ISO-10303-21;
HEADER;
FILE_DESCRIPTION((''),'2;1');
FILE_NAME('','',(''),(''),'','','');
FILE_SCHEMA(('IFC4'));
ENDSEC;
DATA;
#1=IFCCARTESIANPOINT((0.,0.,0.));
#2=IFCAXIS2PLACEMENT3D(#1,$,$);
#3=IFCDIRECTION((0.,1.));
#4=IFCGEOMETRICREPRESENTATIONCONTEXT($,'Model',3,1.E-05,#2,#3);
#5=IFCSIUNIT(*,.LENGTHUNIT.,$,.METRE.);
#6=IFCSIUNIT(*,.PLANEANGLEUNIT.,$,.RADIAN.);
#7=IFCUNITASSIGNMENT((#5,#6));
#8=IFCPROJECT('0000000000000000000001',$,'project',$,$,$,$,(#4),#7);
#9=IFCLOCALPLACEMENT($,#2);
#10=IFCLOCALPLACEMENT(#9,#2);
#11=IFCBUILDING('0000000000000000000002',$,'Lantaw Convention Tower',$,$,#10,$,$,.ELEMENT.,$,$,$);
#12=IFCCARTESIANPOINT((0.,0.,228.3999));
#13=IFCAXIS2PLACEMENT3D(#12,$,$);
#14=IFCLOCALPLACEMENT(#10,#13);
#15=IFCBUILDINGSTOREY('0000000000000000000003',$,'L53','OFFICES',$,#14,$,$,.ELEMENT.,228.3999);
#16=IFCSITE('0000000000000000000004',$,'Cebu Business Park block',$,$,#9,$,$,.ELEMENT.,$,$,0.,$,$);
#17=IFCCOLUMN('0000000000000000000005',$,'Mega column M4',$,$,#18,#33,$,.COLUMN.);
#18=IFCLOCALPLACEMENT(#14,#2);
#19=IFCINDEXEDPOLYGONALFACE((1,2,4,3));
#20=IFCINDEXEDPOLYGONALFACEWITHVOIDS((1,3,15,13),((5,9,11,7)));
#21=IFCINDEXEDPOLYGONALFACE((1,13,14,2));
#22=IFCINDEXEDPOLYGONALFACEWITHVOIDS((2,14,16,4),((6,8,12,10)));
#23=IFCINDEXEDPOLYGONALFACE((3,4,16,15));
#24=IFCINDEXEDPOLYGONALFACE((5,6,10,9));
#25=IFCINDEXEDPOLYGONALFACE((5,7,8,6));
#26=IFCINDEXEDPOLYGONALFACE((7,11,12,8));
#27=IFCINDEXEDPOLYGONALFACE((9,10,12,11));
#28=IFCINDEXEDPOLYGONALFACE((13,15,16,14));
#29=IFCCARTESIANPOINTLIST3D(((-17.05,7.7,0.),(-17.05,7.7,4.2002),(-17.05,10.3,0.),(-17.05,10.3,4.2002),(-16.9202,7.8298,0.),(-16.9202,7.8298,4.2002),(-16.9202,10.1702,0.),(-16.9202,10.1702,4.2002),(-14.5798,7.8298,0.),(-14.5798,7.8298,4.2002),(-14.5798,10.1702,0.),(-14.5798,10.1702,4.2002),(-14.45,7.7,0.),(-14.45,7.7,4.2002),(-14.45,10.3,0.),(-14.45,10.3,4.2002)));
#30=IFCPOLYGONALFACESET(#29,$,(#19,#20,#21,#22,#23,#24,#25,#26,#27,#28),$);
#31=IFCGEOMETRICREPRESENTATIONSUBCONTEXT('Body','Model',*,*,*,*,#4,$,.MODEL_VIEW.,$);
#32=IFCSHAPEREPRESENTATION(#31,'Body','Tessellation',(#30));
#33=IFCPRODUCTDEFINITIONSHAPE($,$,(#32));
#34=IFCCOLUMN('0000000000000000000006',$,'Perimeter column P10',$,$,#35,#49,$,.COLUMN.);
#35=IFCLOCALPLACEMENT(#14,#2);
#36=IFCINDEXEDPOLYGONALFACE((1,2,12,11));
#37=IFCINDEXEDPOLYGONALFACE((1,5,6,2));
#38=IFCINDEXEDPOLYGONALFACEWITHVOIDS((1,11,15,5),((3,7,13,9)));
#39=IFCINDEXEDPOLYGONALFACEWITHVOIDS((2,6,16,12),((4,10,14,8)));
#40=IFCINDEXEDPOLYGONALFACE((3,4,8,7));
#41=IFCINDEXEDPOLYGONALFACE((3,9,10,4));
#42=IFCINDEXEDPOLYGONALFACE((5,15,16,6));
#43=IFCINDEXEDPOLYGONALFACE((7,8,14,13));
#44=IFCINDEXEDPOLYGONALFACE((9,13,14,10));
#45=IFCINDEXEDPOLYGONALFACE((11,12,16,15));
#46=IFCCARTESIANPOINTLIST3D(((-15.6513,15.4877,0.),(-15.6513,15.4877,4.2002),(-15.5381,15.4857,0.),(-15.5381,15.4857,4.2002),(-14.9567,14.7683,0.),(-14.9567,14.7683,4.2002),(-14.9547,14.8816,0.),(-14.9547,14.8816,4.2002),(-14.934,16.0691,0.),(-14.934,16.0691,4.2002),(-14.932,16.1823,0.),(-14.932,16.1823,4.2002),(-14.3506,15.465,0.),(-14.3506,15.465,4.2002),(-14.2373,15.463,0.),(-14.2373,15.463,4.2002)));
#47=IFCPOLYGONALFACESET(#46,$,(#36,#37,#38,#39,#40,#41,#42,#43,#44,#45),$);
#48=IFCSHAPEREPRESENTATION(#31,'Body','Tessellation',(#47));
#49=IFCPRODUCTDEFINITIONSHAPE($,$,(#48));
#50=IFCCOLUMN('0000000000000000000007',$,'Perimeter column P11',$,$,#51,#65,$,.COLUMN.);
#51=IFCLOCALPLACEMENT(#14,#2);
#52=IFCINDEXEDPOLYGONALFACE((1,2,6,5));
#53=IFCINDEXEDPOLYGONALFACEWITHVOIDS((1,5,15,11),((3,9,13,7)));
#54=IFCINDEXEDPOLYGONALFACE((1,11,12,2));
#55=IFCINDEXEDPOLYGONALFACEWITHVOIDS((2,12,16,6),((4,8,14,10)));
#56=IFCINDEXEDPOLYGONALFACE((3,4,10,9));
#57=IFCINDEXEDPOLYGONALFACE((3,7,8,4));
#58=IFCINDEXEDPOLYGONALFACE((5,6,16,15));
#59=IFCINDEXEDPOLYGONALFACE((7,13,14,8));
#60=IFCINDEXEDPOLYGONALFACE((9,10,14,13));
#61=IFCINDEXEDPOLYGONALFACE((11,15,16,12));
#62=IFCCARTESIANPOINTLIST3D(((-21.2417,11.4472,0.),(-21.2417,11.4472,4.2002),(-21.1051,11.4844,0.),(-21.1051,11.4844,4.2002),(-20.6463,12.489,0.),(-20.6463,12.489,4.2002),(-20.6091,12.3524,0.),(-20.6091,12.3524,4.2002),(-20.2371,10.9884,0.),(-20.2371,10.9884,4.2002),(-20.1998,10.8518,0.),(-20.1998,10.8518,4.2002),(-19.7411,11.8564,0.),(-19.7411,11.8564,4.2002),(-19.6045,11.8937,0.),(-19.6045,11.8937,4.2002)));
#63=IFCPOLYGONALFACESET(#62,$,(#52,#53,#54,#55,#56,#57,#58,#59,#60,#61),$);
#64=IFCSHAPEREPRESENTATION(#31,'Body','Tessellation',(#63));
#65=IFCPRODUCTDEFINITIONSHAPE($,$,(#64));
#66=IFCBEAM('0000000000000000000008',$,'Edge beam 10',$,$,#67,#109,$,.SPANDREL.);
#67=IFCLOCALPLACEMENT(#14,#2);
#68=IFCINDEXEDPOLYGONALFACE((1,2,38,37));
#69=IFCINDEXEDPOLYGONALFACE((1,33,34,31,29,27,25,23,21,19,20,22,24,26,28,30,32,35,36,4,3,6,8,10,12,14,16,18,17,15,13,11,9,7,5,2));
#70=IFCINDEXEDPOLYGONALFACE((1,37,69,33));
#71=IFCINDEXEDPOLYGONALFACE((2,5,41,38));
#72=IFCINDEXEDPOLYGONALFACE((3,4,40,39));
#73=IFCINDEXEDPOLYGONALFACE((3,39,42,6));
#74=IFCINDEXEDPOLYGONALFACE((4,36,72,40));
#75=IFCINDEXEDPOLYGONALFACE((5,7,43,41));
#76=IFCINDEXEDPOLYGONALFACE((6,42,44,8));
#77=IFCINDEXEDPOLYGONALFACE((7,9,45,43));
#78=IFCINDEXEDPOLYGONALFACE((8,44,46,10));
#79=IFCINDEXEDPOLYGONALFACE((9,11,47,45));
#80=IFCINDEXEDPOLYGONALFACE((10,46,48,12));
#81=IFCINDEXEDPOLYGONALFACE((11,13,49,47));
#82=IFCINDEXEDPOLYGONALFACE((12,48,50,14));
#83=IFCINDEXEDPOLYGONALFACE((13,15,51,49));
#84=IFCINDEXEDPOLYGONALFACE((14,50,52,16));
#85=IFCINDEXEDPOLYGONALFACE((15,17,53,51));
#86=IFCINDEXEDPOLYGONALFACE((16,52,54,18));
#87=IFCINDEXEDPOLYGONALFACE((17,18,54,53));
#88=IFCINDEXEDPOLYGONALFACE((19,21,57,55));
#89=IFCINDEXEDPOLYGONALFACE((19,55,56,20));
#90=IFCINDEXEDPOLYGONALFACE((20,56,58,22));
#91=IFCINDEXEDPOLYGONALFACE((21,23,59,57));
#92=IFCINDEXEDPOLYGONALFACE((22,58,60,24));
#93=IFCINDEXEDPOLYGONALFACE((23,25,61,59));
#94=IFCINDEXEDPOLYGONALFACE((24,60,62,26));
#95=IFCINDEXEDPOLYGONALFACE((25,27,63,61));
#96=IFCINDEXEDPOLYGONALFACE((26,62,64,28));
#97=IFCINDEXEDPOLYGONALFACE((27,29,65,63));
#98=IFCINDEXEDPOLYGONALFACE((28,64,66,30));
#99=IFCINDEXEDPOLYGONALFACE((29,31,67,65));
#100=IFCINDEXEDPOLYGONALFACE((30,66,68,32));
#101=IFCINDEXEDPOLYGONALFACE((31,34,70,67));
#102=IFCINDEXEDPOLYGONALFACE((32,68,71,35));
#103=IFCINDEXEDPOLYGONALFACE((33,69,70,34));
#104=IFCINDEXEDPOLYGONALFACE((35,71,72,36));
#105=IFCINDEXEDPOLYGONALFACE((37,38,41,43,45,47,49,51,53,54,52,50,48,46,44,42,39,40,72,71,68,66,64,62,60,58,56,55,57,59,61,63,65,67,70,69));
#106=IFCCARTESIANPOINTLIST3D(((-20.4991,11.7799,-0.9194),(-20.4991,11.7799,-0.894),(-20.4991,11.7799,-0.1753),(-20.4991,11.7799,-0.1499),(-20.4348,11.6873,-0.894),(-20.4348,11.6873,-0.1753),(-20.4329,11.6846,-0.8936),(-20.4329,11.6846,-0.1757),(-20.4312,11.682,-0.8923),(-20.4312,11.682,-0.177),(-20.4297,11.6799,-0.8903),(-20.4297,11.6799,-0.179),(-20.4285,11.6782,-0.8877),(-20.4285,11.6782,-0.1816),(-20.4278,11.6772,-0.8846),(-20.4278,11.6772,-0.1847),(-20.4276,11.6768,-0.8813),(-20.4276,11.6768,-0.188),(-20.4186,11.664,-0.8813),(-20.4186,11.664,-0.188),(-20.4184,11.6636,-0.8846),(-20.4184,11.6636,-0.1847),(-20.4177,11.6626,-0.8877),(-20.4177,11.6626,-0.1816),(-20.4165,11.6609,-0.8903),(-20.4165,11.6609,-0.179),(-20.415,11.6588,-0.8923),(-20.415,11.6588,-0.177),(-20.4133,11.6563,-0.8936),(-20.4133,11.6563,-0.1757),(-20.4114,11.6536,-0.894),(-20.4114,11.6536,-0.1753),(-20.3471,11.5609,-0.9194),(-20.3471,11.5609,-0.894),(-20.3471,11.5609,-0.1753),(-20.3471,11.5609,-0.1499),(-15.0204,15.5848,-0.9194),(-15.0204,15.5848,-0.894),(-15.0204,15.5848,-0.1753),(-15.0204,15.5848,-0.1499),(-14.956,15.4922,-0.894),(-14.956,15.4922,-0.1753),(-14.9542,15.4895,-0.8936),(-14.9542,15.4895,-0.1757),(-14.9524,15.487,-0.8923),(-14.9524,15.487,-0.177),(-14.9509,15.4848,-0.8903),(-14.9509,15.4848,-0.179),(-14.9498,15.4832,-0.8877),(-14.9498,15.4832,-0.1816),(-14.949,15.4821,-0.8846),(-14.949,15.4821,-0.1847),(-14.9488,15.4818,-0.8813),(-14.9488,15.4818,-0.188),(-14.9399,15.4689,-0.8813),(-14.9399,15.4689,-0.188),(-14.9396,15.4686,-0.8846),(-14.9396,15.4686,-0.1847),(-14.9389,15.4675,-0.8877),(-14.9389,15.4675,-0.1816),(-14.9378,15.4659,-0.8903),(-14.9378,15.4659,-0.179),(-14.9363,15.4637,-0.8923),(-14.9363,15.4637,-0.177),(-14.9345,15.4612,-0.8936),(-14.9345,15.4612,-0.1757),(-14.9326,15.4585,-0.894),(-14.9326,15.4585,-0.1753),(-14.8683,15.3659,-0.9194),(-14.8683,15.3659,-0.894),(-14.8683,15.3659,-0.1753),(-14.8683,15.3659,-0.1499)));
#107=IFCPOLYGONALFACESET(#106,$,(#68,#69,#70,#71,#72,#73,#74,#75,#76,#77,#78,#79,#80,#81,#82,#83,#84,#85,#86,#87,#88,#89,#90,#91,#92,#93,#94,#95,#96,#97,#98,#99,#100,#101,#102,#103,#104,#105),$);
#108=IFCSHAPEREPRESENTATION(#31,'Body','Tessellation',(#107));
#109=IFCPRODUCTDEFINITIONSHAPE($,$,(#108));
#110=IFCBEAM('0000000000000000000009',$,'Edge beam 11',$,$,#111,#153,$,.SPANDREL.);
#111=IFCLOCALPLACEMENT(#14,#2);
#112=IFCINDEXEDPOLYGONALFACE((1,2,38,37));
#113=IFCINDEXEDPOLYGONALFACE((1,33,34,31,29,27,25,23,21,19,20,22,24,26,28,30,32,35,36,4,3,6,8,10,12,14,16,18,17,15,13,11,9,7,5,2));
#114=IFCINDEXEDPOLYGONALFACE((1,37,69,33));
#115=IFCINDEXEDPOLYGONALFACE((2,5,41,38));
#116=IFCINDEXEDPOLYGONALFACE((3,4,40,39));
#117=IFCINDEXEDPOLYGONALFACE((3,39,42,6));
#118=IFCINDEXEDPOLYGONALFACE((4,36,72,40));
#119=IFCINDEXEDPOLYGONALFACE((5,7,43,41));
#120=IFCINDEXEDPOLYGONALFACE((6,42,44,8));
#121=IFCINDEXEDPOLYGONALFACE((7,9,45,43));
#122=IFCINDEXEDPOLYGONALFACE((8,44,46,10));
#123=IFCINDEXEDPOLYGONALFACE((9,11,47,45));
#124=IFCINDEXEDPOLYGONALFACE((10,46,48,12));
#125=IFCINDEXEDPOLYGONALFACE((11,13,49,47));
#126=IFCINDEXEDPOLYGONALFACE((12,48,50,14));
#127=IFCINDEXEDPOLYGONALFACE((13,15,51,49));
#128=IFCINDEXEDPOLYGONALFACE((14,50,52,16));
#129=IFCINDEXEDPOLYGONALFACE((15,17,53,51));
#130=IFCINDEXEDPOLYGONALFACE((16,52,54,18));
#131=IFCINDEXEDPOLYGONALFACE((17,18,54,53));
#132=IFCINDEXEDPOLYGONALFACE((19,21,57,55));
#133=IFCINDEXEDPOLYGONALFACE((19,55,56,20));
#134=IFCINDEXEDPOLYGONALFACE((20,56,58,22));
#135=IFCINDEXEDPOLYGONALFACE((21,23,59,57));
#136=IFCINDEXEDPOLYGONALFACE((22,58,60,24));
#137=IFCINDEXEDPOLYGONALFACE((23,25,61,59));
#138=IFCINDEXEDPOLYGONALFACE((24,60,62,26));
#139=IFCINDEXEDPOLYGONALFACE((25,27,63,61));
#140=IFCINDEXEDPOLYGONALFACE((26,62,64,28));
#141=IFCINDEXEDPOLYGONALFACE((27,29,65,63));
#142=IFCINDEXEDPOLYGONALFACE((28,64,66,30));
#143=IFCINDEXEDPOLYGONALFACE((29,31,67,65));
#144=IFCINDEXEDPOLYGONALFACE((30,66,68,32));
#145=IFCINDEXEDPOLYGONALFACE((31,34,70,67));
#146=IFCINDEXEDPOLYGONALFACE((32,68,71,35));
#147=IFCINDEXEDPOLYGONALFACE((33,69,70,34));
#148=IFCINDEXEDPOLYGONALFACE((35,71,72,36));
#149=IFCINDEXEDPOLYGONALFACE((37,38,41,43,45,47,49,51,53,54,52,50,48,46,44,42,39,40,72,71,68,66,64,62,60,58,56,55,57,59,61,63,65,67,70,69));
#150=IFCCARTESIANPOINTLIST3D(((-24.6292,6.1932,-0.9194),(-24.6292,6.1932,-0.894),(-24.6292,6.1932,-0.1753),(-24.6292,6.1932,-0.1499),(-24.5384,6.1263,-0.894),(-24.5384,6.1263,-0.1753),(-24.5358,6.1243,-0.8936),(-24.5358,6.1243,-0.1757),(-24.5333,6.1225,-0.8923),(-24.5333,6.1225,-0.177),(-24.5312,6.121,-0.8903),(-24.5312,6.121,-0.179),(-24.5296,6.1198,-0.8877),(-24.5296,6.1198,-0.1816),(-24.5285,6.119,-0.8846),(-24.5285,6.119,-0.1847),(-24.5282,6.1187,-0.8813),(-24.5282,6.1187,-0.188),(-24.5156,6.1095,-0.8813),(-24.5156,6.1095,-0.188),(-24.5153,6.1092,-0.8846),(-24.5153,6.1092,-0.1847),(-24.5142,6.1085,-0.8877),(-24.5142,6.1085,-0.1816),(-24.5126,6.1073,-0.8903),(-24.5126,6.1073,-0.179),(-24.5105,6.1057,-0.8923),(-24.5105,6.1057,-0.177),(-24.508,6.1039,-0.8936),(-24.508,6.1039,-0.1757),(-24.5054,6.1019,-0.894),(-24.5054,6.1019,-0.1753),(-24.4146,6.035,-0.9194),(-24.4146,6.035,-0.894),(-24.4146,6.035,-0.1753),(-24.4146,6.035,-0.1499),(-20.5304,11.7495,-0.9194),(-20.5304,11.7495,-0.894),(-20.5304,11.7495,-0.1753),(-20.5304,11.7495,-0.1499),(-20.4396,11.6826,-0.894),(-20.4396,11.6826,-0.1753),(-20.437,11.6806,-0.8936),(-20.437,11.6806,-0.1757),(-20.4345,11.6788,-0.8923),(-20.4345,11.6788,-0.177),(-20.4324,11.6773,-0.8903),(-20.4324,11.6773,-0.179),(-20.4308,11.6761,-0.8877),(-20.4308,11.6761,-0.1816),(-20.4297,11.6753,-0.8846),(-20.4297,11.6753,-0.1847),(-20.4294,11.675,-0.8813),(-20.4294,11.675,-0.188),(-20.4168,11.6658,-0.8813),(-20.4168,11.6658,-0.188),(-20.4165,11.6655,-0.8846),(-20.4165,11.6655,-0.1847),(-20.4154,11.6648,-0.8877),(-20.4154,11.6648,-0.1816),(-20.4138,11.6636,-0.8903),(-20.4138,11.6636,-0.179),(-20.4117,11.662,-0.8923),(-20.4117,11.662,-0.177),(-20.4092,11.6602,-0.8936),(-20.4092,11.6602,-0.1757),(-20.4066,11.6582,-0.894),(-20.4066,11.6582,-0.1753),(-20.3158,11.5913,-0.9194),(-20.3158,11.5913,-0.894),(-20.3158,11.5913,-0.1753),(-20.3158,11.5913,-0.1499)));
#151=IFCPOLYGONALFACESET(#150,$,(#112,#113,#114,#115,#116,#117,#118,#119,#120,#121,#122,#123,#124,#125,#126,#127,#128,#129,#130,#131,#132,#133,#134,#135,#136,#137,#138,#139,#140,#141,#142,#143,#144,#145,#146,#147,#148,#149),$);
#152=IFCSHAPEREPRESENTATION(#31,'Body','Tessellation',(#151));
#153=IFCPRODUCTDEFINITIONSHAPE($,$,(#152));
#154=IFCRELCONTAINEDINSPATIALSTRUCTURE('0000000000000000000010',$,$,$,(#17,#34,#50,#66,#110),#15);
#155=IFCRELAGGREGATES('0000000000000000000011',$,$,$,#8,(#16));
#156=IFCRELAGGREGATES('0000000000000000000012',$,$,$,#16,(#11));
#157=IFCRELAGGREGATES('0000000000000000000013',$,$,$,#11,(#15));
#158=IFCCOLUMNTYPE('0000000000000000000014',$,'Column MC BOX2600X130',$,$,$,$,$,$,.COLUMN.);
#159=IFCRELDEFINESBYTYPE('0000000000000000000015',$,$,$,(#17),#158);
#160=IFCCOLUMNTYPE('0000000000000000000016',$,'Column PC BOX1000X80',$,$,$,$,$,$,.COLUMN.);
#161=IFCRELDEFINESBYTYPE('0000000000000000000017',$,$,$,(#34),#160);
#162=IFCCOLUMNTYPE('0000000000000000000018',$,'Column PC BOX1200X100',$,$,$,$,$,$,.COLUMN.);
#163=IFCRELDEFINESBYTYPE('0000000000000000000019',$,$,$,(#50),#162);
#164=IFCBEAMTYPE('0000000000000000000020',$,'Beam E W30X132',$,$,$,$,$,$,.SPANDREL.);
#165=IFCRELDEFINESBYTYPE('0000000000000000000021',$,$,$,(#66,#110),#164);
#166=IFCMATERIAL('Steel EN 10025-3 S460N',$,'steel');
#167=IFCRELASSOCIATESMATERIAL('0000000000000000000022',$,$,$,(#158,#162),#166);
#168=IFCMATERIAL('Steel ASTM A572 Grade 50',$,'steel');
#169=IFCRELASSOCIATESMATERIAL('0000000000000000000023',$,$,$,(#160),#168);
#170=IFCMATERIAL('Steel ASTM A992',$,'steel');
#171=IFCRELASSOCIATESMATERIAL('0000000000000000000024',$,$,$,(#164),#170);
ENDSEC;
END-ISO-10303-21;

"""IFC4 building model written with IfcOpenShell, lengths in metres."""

from ifc_helpers import new_model, si_unit, direction, frame, origin, origin_2d, place, context, subcontext, project, spatial, rectangle, hollow_rectangle, i_section, extrude, material, material_profile, profile_set, type_object, element, save


model = new_model("IFC4")

# Units and contexts
model_context = context("Model", 3, precision=1e-05, world=origin(), true_north=direction((0.0, 1.0)))
body_context = subcontext(model_context, "Body", "Model", "MODEL_VIEW")
ifc_project = project(units=[si_unit("LENGTHUNIT", "METRE"), si_unit("PLANEANGLEUNIT", "RADIAN")], contexts=[model_context])

# Site, building, storey
site_placement = place(None, origin())
site = spatial("IfcSite", under=ifc_project, at=site_placement, Name="Cebu Business Park block", CompositionType="ELEMENT", RefElevation=0.0)
building_placement = place(site_placement, origin())
building = spatial("IfcBuilding", under=site, at=building_placement, Name="Lantaw Convention Tower", CompositionType="ELEMENT")
storey_placement = place(building_placement, frame((0.0, 0.0, 228.3999)))
storey = spatial("IfcBuildingStorey", under=building, at=storey_placement, Name="L53", Description="OFFICES", CompositionType="ELEMENT", Elevation=228.3999)

# Columns
ifc_material_1 = material(Name="Steel EN 10025-3 S460N", Category="steel")
ifc_material_profile_1 = material_profile(ifc_material_1, hollow_rectangle(XDim=2.6001, YDim=2.6001, WallThickness=0.1299, at=origin_2d()), Name="BOX2600X130")
ifc_material_2 = material(Name="Concrete C60/75", Category="concrete")
ifc_material_profile_2 = material_profile(ifc_material_2, rectangle(XDim=2.3401, YDim=2.3401, at=origin_2d()), Name="Concrete fill of BOX2600X130")
ifc_profile_set_1 = profile_set([ifc_material_profile_1, ifc_material_profile_2], Name="Steel EN 10025-3 S460N")
column_type_1 = type_object("IfcColumnType", Name="Column MC BOX2600X130", PredefinedType="COLUMN", material=ifc_profile_set_1)
column_1_placement = place(storey_placement, frame((-15.75, 9.0, 0.0), z_axis=(0.0, 0.0, 1.0), x_axis=(1.0, 0.0, 0.0)))
element("IfcColumn", 1, at=column_1_placement, inside=storey, type_object=column_type_1, Name="Mega column M4", PredefinedType="COLUMN", context=body_context, shape_type="SweptSolid", body=[
    extrude(hollow_rectangle(XDim=2.6001, YDim=2.6001, WallThickness=0.1299, at=origin_2d()), origin(), (0.0, 0.0, 1.0), 4.2002),
])
ifc_material_3 = material(Name="Steel ASTM A572 Grade 50", Category="steel")
ifc_material_profile_3 = material_profile(ifc_material_3, hollow_rectangle(XDim=1.0, YDim=1.0, WallThickness=0.0801, at=origin_2d()), Name="BOX1000X80")
ifc_material_profile_4 = material_profile(ifc_material_2, rectangle(XDim=0.8401, YDim=0.8401, at=origin_2d()), Name="Concrete fill of BOX1000X80")
ifc_profile_set_2 = profile_set([ifc_material_profile_3, ifc_material_profile_4], Name="Steel ASTM A572 Grade 50")
column_type_2 = type_object("IfcColumnType", Name="Column PC BOX1000X80", PredefinedType="COLUMN", material=ifc_profile_set_2)
column_2_placement = place(storey_placement, frame((-14.9443, 15.4753, 0.0), z_axis=(0.0, 0.0, 1.0), x_axis=(0.71934, 0.694658, 0.0)))
element("IfcColumn", 2, at=column_2_placement, inside=storey, type_object=column_type_2, Name="Perimeter column P10", PredefinedType="COLUMN", context=body_context, shape_type="SweptSolid", body=[
    extrude(hollow_rectangle(XDim=1.0, YDim=1.0, WallThickness=0.0801, at=origin_2d()), origin(), (0.0, 0.0, 1.0), 4.2002),
])
ifc_material_profile_5 = material_profile(ifc_material_1, hollow_rectangle(XDim=1.2, YDim=1.2, WallThickness=0.1001, at=origin_2d()), Name="BOX1200X100")
ifc_material_profile_6 = material_profile(ifc_material_2, rectangle(XDim=1.0, YDim=1.0, at=origin_2d()), Name="Concrete fill of BOX1200X100")
ifc_profile_set_3 = profile_set([ifc_material_profile_5, ifc_material_profile_6], Name="Steel EN 10025-3 S460N")
column_type_3 = type_object("IfcColumnType", Name="Column PC BOX1200X100", PredefinedType="COLUMN", material=ifc_profile_set_3)
column_3_placement = place(storey_placement, frame((-20.4231, 11.6704, 0.0), z_axis=(0.0, 0.0, 1.0), x_axis=(0.496139, 0.868243, 0.0)))
element("IfcColumn", 3, at=column_3_placement, inside=storey, type_object=column_type_3, Name="Perimeter column P11", PredefinedType="COLUMN", context=body_context, shape_type="SweptSolid", body=[
    extrude(hollow_rectangle(XDim=1.2, YDim=1.2, WallThickness=0.1001, at=origin_2d()), origin(), (0.0, 0.0, 1.0), 4.2002),
])

# Beams
ifc_material_4 = material(Name="Steel ASTM A992", Category="steel")
ifc_material_profile_7 = material_profile(ifc_material_4, i_section(OverallWidth=0.2666, OverallDepth=0.7695, WebThickness=0.0156, FlangeThickness=0.0254, FilletRadius=0.0127, at=origin_2d()), Name="W30X132")
ifc_profile_set_4 = profile_set([ifc_material_profile_7], Name="Steel ASTM A992")
beam_type_1 = type_object("IfcBeamType", Name="Beam E W30X132", PredefinedType="SPANDREL", material=ifc_profile_set_4)
beam_1_placement = place(storey_placement, frame((-14.9443, 15.4753, -0.5347), z_axis=(-0.821353, -0.57042, 0.0), x_axis=(0.57042, -0.821353, 0.0)))
element("IfcBeam", 4, at=beam_1_placement, inside=storey, type_object=beam_type_1, Name="Edge beam 10", PredefinedType="SPANDREL", context=body_context, shape_type="SweptSolid", body=[
    extrude(i_section(OverallWidth=0.2666, OverallDepth=0.7695, WebThickness=0.0156, FlangeThickness=0.0254, FilletRadius=0.0127, at=origin_2d()), origin(), (0.0, 0.0, 1.0), 6.6704),
])
beam_2_placement = place(storey_placement, frame((-20.4231, 11.6704, -0.5347), z_axis=(-0.593639, -0.804731, 0.0), x_axis=(0.804731, -0.593639, 0.0)))
element("IfcBeam", 5, at=beam_2_placement, inside=storey, type_object=beam_type_1, Name="Edge beam 11", PredefinedType="SPANDREL", context=body_context, shape_type="SweptSolid", body=[
    extrude(i_section(OverallWidth=0.2666, OverallDepth=0.7695, WebThickness=0.0156, FlangeThickness=0.0254, FilletRadius=0.0127, at=origin_2d()), origin(), (0.0, 0.0, 1.0), 6.9045),
])

save(model, "model.ifc")
